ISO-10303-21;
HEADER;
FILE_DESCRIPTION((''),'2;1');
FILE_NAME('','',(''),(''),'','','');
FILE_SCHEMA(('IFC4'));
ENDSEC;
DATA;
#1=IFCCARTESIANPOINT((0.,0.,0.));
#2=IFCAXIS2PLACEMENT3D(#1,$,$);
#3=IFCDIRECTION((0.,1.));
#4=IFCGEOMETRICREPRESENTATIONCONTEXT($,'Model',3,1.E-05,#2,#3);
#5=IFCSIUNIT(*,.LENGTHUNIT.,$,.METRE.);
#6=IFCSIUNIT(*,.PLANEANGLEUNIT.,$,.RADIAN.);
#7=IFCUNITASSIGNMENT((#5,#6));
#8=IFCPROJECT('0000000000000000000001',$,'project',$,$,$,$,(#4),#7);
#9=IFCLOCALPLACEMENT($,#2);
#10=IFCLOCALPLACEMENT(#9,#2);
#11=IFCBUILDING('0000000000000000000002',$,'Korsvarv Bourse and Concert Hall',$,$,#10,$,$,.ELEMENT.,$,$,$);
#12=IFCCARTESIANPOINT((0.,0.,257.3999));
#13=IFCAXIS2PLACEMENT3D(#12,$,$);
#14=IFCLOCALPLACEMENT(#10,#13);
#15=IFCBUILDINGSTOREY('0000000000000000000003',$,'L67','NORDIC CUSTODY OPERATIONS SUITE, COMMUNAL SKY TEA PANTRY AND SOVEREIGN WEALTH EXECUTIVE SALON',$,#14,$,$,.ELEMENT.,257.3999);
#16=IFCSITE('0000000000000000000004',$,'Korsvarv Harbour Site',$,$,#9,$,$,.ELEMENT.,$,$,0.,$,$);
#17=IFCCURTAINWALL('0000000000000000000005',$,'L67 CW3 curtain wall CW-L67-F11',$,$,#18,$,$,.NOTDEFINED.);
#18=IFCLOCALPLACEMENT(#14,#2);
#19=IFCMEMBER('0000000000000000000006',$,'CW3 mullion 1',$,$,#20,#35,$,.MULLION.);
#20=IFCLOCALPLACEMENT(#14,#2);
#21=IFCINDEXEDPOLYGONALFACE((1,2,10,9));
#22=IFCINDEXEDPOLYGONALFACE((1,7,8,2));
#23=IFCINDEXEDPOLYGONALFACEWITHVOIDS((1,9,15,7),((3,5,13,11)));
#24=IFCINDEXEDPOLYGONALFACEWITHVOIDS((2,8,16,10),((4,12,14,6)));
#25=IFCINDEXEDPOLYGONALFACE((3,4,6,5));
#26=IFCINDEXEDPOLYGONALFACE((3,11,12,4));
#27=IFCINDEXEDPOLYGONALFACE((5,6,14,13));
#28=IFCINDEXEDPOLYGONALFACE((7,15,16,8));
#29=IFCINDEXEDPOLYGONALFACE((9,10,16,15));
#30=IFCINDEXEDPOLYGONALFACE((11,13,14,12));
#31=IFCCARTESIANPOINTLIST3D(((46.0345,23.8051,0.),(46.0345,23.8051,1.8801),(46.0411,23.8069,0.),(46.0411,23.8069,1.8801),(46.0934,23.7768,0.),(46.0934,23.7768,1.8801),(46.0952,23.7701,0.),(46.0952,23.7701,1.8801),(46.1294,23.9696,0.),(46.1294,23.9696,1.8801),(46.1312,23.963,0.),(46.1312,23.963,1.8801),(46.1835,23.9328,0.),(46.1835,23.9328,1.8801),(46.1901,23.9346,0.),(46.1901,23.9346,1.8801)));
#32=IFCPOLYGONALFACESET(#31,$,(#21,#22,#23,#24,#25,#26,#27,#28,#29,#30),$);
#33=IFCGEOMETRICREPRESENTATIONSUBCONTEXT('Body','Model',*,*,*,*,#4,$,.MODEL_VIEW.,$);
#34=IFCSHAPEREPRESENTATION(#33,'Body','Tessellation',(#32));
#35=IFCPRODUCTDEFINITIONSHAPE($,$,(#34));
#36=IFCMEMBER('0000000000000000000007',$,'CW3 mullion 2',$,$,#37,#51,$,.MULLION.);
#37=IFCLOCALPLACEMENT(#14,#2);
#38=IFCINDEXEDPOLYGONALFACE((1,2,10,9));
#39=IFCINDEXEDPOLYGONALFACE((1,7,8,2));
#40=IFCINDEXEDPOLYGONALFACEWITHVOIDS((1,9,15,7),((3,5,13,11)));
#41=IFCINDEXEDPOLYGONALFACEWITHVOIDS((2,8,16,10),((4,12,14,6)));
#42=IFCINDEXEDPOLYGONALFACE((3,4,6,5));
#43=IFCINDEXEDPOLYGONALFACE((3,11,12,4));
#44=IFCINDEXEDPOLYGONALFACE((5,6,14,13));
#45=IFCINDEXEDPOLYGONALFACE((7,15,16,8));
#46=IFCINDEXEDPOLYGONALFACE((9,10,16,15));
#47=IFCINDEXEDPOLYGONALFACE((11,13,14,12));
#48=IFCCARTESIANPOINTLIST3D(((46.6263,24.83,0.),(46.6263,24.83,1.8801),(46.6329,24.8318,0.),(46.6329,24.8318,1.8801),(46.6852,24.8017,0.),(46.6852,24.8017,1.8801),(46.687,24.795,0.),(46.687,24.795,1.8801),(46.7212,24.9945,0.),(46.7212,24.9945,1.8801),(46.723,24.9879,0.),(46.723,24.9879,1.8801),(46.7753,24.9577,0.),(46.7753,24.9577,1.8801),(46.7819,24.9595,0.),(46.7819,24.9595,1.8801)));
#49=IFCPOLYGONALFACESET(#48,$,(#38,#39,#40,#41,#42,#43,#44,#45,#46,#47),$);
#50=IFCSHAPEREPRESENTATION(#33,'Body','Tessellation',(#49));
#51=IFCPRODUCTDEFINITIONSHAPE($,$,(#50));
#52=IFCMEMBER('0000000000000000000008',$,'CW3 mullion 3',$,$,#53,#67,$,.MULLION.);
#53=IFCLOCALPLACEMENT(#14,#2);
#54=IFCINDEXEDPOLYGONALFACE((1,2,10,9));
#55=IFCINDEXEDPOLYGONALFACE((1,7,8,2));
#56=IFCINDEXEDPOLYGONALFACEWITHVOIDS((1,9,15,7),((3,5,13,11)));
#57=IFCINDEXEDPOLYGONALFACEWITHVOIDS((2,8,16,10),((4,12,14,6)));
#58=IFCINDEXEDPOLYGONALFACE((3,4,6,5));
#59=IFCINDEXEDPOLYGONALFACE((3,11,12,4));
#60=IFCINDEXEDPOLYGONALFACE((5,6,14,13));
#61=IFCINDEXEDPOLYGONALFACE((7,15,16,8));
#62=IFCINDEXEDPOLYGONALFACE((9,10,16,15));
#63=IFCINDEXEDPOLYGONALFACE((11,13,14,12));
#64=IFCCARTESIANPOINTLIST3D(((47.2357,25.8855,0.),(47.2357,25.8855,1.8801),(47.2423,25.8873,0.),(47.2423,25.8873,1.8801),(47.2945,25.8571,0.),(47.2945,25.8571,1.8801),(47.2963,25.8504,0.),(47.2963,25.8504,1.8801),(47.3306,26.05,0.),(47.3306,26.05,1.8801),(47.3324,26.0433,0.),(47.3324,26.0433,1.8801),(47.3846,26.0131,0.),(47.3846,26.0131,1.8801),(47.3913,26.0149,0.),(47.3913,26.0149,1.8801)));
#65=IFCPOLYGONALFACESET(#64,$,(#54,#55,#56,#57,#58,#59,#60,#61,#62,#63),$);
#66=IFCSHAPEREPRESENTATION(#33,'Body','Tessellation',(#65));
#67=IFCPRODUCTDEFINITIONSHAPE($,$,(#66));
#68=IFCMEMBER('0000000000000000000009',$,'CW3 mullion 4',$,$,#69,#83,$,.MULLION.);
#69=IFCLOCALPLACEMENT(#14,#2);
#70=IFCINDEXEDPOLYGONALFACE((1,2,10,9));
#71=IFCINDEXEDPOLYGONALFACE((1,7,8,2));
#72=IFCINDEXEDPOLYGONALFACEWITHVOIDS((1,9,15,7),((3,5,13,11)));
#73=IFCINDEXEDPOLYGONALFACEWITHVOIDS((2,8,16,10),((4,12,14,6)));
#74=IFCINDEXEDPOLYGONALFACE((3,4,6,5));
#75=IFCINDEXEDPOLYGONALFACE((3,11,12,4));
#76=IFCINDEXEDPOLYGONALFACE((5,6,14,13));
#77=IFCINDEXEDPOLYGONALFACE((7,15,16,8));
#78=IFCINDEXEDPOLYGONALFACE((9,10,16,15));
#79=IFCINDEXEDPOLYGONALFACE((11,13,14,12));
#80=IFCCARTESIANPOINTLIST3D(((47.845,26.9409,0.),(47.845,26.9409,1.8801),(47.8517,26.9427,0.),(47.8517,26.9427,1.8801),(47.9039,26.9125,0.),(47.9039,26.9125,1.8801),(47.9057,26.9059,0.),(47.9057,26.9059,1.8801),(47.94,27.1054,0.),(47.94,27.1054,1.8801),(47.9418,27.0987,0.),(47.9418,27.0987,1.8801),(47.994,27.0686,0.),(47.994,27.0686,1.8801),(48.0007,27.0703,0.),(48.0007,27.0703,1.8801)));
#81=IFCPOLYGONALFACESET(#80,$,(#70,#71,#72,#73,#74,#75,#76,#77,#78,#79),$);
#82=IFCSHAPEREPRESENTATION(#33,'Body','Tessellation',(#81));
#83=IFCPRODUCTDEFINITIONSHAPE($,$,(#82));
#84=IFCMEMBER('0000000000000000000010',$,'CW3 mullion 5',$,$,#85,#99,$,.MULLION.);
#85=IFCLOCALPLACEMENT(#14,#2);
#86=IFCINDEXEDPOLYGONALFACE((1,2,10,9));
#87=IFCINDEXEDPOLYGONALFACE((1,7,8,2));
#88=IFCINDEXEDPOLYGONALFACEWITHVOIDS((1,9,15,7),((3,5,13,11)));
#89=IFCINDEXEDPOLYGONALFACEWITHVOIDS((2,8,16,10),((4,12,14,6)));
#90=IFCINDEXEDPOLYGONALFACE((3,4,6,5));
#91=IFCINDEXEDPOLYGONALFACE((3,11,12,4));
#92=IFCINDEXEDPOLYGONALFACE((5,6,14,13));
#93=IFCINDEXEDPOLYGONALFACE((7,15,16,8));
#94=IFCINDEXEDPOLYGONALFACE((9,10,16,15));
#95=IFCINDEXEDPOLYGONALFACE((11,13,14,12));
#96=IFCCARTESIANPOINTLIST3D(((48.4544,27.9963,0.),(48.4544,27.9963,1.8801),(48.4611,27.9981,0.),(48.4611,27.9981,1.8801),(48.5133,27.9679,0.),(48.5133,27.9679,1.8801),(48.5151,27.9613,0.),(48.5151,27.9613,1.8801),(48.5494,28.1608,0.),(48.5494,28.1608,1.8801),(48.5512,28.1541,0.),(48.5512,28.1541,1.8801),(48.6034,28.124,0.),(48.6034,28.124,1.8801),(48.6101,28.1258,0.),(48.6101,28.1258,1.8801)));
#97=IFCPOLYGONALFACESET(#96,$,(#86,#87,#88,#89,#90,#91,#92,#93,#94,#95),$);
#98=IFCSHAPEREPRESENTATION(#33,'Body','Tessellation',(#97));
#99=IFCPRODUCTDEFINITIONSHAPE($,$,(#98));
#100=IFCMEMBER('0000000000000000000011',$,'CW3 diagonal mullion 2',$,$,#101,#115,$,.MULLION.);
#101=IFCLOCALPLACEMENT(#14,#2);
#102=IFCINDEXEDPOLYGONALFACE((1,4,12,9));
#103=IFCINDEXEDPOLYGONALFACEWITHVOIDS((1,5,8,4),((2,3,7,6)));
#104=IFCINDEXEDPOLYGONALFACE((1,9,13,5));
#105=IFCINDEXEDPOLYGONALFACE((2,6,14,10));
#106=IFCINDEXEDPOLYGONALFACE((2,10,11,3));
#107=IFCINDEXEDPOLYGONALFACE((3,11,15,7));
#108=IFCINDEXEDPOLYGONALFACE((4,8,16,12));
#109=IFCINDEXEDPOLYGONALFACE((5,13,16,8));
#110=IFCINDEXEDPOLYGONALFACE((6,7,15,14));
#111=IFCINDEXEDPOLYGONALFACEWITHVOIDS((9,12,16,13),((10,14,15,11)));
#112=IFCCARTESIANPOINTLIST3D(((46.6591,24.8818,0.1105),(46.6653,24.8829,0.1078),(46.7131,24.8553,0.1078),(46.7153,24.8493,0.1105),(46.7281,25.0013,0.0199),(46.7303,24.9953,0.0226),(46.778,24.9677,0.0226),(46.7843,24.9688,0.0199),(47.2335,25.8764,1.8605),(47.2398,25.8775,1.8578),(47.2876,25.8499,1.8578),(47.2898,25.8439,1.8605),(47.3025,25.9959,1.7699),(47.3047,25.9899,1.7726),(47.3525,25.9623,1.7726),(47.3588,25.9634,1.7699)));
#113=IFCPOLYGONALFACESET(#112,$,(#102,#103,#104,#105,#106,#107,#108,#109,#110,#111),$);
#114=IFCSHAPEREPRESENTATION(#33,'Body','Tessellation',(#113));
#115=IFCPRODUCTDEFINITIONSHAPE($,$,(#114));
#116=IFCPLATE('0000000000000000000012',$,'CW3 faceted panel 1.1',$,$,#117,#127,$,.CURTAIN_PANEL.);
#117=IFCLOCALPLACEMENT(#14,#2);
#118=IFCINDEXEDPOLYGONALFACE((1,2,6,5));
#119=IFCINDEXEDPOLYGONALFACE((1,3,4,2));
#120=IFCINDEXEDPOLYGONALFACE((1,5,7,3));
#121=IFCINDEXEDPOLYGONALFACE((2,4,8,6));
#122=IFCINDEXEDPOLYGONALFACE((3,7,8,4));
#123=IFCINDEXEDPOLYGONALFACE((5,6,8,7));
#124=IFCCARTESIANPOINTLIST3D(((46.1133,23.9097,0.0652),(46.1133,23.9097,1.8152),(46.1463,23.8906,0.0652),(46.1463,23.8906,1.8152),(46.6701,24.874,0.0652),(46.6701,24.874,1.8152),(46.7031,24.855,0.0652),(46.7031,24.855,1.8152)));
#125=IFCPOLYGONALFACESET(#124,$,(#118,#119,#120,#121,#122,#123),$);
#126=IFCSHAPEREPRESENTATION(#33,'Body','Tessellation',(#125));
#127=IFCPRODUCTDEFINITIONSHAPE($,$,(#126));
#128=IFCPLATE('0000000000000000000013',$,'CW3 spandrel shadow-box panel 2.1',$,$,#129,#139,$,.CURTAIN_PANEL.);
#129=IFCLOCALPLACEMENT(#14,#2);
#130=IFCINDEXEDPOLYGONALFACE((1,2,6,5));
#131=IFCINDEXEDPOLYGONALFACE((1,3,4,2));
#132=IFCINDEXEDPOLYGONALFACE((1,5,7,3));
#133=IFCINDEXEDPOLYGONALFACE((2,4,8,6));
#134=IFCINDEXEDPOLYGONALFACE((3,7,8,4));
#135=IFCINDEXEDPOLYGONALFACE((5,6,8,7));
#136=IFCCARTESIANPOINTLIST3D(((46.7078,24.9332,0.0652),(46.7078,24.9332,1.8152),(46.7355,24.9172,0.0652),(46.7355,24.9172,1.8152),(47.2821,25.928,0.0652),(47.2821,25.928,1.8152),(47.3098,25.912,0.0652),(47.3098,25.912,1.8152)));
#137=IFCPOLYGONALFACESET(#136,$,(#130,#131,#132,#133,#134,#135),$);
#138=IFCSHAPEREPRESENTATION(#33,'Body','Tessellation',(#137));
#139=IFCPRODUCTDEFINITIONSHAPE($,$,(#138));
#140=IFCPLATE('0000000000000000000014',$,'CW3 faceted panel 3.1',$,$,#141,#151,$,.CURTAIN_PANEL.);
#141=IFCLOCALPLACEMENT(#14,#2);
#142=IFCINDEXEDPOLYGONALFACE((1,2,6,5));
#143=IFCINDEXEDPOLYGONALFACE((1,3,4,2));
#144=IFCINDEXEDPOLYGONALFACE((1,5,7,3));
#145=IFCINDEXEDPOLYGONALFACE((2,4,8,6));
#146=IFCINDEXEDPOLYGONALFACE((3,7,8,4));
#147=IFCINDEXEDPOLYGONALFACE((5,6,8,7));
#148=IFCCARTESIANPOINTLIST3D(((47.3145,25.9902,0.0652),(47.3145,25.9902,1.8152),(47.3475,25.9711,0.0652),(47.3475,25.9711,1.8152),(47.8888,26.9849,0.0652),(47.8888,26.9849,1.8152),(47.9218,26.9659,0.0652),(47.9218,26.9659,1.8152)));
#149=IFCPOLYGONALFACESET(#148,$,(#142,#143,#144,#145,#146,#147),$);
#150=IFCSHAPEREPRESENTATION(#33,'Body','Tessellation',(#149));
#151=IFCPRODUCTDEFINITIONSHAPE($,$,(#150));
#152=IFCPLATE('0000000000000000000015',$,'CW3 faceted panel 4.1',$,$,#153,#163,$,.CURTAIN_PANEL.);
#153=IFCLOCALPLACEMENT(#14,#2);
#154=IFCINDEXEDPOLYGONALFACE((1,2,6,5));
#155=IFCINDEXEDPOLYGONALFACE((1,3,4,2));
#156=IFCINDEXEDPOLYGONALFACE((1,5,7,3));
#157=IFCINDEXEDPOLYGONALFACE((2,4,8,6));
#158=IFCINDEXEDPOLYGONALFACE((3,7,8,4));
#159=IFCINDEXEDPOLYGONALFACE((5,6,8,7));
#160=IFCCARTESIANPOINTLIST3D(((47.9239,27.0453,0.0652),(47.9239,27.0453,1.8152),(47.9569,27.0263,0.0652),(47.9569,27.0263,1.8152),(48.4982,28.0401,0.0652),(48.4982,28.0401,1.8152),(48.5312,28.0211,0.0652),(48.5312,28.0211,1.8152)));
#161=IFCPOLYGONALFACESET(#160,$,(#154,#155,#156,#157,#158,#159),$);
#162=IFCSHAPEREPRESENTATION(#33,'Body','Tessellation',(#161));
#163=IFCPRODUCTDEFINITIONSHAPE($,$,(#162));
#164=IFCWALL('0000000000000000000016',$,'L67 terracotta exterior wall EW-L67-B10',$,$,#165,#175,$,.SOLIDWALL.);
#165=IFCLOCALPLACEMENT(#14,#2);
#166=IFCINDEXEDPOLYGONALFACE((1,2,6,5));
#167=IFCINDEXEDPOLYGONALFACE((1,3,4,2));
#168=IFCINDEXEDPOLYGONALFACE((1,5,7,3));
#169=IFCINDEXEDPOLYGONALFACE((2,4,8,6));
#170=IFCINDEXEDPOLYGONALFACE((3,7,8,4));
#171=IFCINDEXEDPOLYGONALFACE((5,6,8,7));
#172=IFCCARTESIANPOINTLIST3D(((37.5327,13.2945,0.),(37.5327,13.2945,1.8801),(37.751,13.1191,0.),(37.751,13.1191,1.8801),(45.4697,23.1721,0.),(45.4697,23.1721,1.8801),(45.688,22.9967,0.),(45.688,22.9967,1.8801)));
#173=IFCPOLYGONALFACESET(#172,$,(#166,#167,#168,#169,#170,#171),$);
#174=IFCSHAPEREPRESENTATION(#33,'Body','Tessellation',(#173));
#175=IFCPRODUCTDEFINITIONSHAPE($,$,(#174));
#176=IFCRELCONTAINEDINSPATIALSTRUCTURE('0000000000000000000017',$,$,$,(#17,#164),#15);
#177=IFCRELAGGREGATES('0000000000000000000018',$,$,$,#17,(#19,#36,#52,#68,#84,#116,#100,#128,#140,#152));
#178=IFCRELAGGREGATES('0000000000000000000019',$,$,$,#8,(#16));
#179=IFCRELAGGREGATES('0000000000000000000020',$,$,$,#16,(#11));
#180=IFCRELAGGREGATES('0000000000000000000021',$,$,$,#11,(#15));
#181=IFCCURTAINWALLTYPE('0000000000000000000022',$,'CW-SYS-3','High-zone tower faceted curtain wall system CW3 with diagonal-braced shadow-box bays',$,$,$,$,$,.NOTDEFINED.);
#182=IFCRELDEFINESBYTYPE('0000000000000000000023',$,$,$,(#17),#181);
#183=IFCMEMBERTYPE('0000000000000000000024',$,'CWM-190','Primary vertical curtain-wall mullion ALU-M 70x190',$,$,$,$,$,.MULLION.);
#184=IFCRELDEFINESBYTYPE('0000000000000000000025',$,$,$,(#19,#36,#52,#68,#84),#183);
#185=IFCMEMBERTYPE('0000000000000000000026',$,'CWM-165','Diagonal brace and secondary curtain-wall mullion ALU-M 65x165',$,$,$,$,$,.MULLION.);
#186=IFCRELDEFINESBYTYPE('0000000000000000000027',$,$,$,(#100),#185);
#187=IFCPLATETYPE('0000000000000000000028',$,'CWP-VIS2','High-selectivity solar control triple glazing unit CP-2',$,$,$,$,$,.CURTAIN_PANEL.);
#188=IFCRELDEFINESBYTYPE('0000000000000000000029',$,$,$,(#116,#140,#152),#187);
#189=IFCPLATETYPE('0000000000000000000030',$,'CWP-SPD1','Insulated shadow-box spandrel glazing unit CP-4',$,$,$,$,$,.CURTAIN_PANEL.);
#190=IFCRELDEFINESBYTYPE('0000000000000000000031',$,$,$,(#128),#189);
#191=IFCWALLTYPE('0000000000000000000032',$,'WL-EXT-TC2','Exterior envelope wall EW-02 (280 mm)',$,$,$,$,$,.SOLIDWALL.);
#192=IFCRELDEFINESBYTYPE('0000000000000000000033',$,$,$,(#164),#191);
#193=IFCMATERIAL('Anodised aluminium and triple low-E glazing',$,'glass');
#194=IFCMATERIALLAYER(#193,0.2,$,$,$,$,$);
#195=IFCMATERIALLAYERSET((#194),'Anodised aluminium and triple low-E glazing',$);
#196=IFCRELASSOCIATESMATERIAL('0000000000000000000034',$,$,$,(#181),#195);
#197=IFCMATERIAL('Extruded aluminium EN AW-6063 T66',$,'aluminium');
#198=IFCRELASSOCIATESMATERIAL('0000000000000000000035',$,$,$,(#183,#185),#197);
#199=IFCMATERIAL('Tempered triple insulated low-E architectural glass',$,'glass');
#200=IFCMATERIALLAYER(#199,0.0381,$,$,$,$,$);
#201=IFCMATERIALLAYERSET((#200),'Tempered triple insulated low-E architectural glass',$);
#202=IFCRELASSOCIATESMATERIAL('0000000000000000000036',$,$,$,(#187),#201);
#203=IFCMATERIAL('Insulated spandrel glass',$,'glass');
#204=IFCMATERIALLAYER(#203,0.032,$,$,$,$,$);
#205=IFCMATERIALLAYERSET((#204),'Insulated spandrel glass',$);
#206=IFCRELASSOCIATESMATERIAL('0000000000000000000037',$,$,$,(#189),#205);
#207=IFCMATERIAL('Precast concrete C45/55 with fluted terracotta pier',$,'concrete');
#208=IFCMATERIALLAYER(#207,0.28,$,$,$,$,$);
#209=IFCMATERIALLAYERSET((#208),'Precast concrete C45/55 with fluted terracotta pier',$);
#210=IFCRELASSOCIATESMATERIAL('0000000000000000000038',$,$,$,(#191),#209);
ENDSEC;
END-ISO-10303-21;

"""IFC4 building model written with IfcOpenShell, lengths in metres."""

from ifc_helpers import new_model, si_unit, direction, frame, frame_2d, origin, origin_2d, place, context, subcontext, project, spatial, rectangle, hollow_rectangle, extrude, source, transform, mapped, material, layer, layer_set, material_profile, profile_set, type_object, element, aggregate, save


model = new_model("IFC4")

# Units and contexts
model_context = context("Model", 3, precision=1e-05, world=origin(), true_north=direction((0.0, 1.0)))
body_context = subcontext(model_context, "Body", "Model", "MODEL_VIEW")
ifc_project = project(units=[si_unit("LENGTHUNIT", "METRE"), si_unit("PLANEANGLEUNIT", "RADIAN")], contexts=[model_context])

# Site, building, storey
site_placement = place(None, origin())
site = spatial("IfcSite", under=ifc_project, at=site_placement, Name="Korsvarv Harbour Site", CompositionType="ELEMENT", RefElevation=0.0)
building_placement = place(site_placement, origin())
building = spatial("IfcBuilding", under=site, at=building_placement, Name="Korsvarv Bourse and Concert Hall", CompositionType="ELEMENT")
storey_placement = place(building_placement, frame((0.0, 0.0, 257.3999)))
storey = spatial("IfcBuildingStorey", under=building, at=storey_placement, Name="L67", Description="NORDIC CUSTODY OPERATIONS SUITE, COMMUNAL SKY TEA PANTRY AND SOVEREIGN WEALTH EXECUTIVE SALON", CompositionType="ELEMENT", Elevation=257.3999)

# Curtain wall, members, plates
ifc_material_1 = material(Name="Anodised aluminium and triple low-E glazing", Category="glass")
ifc_layer_1 = layer(ifc_material_1, 0.2)
ifc_layer_set_1 = layer_set([ifc_layer_1], Name="Anodised aluminium and triple low-E glazing")
curtain_wall_type = type_object("IfcCurtainWallType", Name="CW-SYS-3", Description="High-zone tower faceted curtain wall system CW3 with diagonal-braced shadow-box bays", PredefinedType="NOTDEFINED", material=ifc_layer_set_1)
curtain_wall_placement = place(storey_placement, origin())
curtain_wall = element("IfcCurtainWall", 1, at=curtain_wall_placement, inside=storey, type_object=curtain_wall_type, Name="L67 CW3 curtain wall CW-L67-F11", PredefinedType="NOTDEFINED")
ifc_material_2 = material(Name="Extruded aluminium EN AW-6063 T66", Category="aluminium")
ifc_material_profile_1 = material_profile(ifc_material_2, hollow_rectangle(XDim=0.0701, YDim=0.1899, WallThickness=0.0049, at=origin_2d()), Name="ALU-M 70x190")
ifc_profile_set_1 = profile_set([ifc_material_profile_1], Name="Extruded aluminium EN AW-6063 T66")
member_type_1 = type_object("IfcMemberType", Name="CWM-190", Description="Primary vertical curtain-wall mullion ALU-M 70x190", PredefinedType="MULLION", material=ifc_profile_set_1)
shared_shape_1 = source(origin(), body_context, "Body", "SweptSolid", [
    extrude(hollow_rectangle(XDim=0.0701, YDim=0.1899, WallThickness=0.0049, at=origin_2d()), origin(), (0.0, 0.0, 1.0), 1.8801),
])
member_1_placement = place(storey_placement, frame((46.1123, 23.8699, 0.0), z_axis=(0.0, 0.0, 1.0), x_axis=(-0.866023, 0.500004, 0.0)))
member_1 = element("IfcMember", 2, at=member_1_placement, type_object=member_type_1, Name="CW3 mullion 1", PredefinedType="MULLION", context=body_context, shape_type="MappedRepresentation", body=[
    mapped(shared_shape_1, transform((0.0, 0.0, 0.0), scale=1.0)),
])
member_2_placement = place(storey_placement, frame((46.7041, 24.8948, 0.0), z_axis=(0.0, 0.0, 1.0), x_axis=(-0.866023, 0.500004, 0.0)))
member_2 = element("IfcMember", 3, at=member_2_placement, type_object=member_type_1, Name="CW3 mullion 2", PredefinedType="MULLION", context=body_context, shape_type="MappedRepresentation", body=[
    mapped(shared_shape_1, transform((0.0, 0.0, 0.0), scale=1.0)),
])
member_3_placement = place(storey_placement, frame((47.3135, 25.9502, 0.0), z_axis=(0.0, 0.0, 1.0), x_axis=(-0.866023, 0.500004, 0.0)))
member_3 = element("IfcMember", 4, at=member_3_placement, type_object=member_type_1, Name="CW3 mullion 3", PredefinedType="MULLION", context=body_context, shape_type="MappedRepresentation", body=[
    mapped(shared_shape_1, transform((0.0, 0.0, 0.0), scale=1.0)),
])
member_4_placement = place(storey_placement, frame((47.9229, 27.0056, 0.0), z_axis=(0.0, 0.0, 1.0), x_axis=(-0.866023, 0.500004, 0.0)))
member_4 = element("IfcMember", 5, at=member_4_placement, type_object=member_type_1, Name="CW3 mullion 4", PredefinedType="MULLION", context=body_context, shape_type="MappedRepresentation", body=[
    mapped(shared_shape_1, transform((0.0, 0.0, 0.0), scale=1.0)),
])
member_5_placement = place(storey_placement, frame((48.5322, 28.061, 0.0), z_axis=(0.0, 0.0, 1.0), x_axis=(-0.866023, 0.500004, 0.0)))
member_5 = element("IfcMember", 6, at=member_5_placement, type_object=member_type_1, Name="CW3 mullion 5", PredefinedType="MULLION", context=body_context, shape_type="MappedRepresentation", body=[
    mapped(shared_shape_1, transform((0.0, 0.0, 0.0), scale=1.0)),
])
ifc_material_profile_2 = material_profile(ifc_material_2, hollow_rectangle(XDim=0.0649, YDim=0.165, WallThickness=0.0049, at=origin_2d()), Name="ALU-M 65x165")
ifc_profile_set_2 = profile_set([ifc_material_profile_2], Name="Extruded aluminium EN AW-6063 T66")
member_type_2 = type_object("IfcMemberType", Name="CWM-165", Description="Diagonal brace and secondary curtain-wall mullion ALU-M 65x165", PredefinedType="MULLION", material=ifc_profile_set_2)
shared_shape_2 = source(origin(), body_context, "Body", "SweptSolid", [
    extrude(hollow_rectangle(XDim=0.0649, YDim=0.165, WallThickness=0.0049, at=origin_2d()), origin(), (0.0, 0.0, 1.0), 2.0933),
])
member_6_placement = place(storey_placement, frame((46.7217, 24.9253, 0.0652), z_axis=(0.274433, 0.475155, 0.836011), x_axis=(-0.865945, 0.500139, 0.0)))
member_6 = element("IfcMember", 7, at=member_6_placement, type_object=member_type_2, Name="CW3 diagonal mullion 2", PredefinedType="MULLION", context=body_context, shape_type="MappedRepresentation", body=[
    mapped(shared_shape_2, transform((0.0, 0.0, 0.0), scale=1.0)),
])
ifc_material_3 = material(Name="Tempered triple insulated low-E architectural glass", Category="glass")
ifc_layer_2 = layer(ifc_material_3, 0.0381)
ifc_layer_set_2 = layer_set([ifc_layer_2], Name="Tempered triple insulated low-E architectural glass")
plate_type_1 = type_object("IfcPlateType", Name="CWP-VIS2", Description="High-selectivity solar control triple glazing unit CP-2", PredefinedType="CURTAIN_PANEL", material=ifc_layer_set_2)
shared_shape_3 = source(origin(), body_context, "Body", "SweptSolid", [
    extrude(rectangle(XDim=1.1135, YDim=0.0381, at=origin_2d()), origin(), (0.0, 0.0, 1.0), 1.75),
])
plate_1_placement = place(storey_placement, frame((46.4082, 24.3823, 0.0652), z_axis=(0.0, 0.0, 1.0), x_axis=(0.500004, 0.866023, 0.0)))
plate_1 = element("IfcPlate", 8, at=plate_1_placement, type_object=plate_type_1, Name="CW3 faceted panel 1.1", PredefinedType="CURTAIN_PANEL", context=body_context, shape_type="MappedRepresentation", body=[
    mapped(shared_shape_3, transform((0.0, 0.0, 0.0), scale=1.0)),
])
ifc_material_4 = material(Name="Insulated spandrel glass", Category="glass")
ifc_layer_3 = layer(ifc_material_4, 0.032)
ifc_layer_set_3 = layer_set([ifc_layer_3], Name="Insulated spandrel glass")
plate_type_2 = type_object("IfcPlateType", Name="CWP-SPD1", Description="Insulated shadow-box spandrel glazing unit CP-4", PredefinedType="CURTAIN_PANEL", material=ifc_layer_set_3)
shared_shape_4 = source(origin(), body_context, "Body", "SweptSolid", [
    extrude(rectangle(XDim=1.1487, YDim=0.032, at=origin_2d()), origin(), (0.0, 0.0, 1.0), 1.75),
])
plate_2_placement = place(storey_placement, frame((47.0088, 25.4226, 0.0652), z_axis=(0.0, 0.0, 1.0), x_axis=(0.500004, 0.866023, 0.0)))
plate_2 = element("IfcPlate", 9, at=plate_2_placement, type_object=plate_type_2, Name="CW3 spandrel shadow-box panel 2.1", PredefinedType="CURTAIN_PANEL", context=body_context, shape_type="MappedRepresentation", body=[
    mapped(shared_shape_4, transform((0.0, 0.0, 0.0), scale=1.0)),
])
shared_shape_5 = source(origin(), body_context, "Body", "SweptSolid", [
    extrude(rectangle(XDim=1.1487, YDim=0.0381, at=origin_2d()), origin(), (0.0, 0.0, 1.0), 1.75),
])
plate_3_placement = place(storey_placement, frame((47.6182, 26.478, 0.0652), z_axis=(0.0, 0.0, 1.0), x_axis=(0.500004, 0.866023, 0.0)))
plate_3 = element("IfcPlate", 10, at=plate_3_placement, type_object=plate_type_1, Name="CW3 faceted panel 3.1", PredefinedType="CURTAIN_PANEL", context=body_context, shape_type="MappedRepresentation", body=[
    mapped(shared_shape_5, transform((0.0, 0.0, 0.0), scale=1.0)),
])
plate_4_placement = place(storey_placement, frame((48.2275, 27.5332, 0.0652), z_axis=(0.0, 0.0, 1.0), x_axis=(0.500004, 0.866023, 0.0)))
plate_4 = element("IfcPlate", 11, at=plate_4_placement, type_object=plate_type_1, Name="CW3 faceted panel 4.1", PredefinedType="CURTAIN_PANEL", context=body_context, shape_type="MappedRepresentation", body=[
    mapped(shared_shape_5, transform((0.0, 0.0, 0.0), scale=1.0)),
])
aggregate(curtain_wall, [member_1, member_2, member_3, member_4, member_5, plate_1, member_6, plate_2, plate_3, plate_4])

# Wall
ifc_material_5 = material(Name="Precast concrete C45/55 with fluted terracotta pier", Category="concrete")
ifc_layer_4 = layer(ifc_material_5, 0.28)
ifc_layer_set_4 = layer_set([ifc_layer_4], Name="Precast concrete C45/55 with fluted terracotta pier")
wall_type_1 = type_object("IfcWallType", Name="WL-EXT-TC2", Description="Exterior envelope wall EW-02 (280 mm)", PredefinedType="SOLIDWALL", material=ifc_layer_set_4)
wall_1_placement = place(storey_placement, frame((37.6418, 13.2068, 0.0), z_axis=(0.0, 0.0, 1.0), x_axis=(0.626371, 0.779525, 0.0)))
element("IfcWall", 12, at=wall_1_placement, inside=storey, type_object=wall_type_1, Name="L67 terracotta exterior wall EW-L67-B10", PredefinedType="SOLIDWALL", context=body_context, shape_type="SweptSolid", body=[
    extrude(rectangle(XDim=12.6714, YDim=0.28, at=frame_2d((6.3357, 0.0))), origin(), (0.0, 0.0, 1.0), 1.8801),
])

save(model, "model.ifc")
